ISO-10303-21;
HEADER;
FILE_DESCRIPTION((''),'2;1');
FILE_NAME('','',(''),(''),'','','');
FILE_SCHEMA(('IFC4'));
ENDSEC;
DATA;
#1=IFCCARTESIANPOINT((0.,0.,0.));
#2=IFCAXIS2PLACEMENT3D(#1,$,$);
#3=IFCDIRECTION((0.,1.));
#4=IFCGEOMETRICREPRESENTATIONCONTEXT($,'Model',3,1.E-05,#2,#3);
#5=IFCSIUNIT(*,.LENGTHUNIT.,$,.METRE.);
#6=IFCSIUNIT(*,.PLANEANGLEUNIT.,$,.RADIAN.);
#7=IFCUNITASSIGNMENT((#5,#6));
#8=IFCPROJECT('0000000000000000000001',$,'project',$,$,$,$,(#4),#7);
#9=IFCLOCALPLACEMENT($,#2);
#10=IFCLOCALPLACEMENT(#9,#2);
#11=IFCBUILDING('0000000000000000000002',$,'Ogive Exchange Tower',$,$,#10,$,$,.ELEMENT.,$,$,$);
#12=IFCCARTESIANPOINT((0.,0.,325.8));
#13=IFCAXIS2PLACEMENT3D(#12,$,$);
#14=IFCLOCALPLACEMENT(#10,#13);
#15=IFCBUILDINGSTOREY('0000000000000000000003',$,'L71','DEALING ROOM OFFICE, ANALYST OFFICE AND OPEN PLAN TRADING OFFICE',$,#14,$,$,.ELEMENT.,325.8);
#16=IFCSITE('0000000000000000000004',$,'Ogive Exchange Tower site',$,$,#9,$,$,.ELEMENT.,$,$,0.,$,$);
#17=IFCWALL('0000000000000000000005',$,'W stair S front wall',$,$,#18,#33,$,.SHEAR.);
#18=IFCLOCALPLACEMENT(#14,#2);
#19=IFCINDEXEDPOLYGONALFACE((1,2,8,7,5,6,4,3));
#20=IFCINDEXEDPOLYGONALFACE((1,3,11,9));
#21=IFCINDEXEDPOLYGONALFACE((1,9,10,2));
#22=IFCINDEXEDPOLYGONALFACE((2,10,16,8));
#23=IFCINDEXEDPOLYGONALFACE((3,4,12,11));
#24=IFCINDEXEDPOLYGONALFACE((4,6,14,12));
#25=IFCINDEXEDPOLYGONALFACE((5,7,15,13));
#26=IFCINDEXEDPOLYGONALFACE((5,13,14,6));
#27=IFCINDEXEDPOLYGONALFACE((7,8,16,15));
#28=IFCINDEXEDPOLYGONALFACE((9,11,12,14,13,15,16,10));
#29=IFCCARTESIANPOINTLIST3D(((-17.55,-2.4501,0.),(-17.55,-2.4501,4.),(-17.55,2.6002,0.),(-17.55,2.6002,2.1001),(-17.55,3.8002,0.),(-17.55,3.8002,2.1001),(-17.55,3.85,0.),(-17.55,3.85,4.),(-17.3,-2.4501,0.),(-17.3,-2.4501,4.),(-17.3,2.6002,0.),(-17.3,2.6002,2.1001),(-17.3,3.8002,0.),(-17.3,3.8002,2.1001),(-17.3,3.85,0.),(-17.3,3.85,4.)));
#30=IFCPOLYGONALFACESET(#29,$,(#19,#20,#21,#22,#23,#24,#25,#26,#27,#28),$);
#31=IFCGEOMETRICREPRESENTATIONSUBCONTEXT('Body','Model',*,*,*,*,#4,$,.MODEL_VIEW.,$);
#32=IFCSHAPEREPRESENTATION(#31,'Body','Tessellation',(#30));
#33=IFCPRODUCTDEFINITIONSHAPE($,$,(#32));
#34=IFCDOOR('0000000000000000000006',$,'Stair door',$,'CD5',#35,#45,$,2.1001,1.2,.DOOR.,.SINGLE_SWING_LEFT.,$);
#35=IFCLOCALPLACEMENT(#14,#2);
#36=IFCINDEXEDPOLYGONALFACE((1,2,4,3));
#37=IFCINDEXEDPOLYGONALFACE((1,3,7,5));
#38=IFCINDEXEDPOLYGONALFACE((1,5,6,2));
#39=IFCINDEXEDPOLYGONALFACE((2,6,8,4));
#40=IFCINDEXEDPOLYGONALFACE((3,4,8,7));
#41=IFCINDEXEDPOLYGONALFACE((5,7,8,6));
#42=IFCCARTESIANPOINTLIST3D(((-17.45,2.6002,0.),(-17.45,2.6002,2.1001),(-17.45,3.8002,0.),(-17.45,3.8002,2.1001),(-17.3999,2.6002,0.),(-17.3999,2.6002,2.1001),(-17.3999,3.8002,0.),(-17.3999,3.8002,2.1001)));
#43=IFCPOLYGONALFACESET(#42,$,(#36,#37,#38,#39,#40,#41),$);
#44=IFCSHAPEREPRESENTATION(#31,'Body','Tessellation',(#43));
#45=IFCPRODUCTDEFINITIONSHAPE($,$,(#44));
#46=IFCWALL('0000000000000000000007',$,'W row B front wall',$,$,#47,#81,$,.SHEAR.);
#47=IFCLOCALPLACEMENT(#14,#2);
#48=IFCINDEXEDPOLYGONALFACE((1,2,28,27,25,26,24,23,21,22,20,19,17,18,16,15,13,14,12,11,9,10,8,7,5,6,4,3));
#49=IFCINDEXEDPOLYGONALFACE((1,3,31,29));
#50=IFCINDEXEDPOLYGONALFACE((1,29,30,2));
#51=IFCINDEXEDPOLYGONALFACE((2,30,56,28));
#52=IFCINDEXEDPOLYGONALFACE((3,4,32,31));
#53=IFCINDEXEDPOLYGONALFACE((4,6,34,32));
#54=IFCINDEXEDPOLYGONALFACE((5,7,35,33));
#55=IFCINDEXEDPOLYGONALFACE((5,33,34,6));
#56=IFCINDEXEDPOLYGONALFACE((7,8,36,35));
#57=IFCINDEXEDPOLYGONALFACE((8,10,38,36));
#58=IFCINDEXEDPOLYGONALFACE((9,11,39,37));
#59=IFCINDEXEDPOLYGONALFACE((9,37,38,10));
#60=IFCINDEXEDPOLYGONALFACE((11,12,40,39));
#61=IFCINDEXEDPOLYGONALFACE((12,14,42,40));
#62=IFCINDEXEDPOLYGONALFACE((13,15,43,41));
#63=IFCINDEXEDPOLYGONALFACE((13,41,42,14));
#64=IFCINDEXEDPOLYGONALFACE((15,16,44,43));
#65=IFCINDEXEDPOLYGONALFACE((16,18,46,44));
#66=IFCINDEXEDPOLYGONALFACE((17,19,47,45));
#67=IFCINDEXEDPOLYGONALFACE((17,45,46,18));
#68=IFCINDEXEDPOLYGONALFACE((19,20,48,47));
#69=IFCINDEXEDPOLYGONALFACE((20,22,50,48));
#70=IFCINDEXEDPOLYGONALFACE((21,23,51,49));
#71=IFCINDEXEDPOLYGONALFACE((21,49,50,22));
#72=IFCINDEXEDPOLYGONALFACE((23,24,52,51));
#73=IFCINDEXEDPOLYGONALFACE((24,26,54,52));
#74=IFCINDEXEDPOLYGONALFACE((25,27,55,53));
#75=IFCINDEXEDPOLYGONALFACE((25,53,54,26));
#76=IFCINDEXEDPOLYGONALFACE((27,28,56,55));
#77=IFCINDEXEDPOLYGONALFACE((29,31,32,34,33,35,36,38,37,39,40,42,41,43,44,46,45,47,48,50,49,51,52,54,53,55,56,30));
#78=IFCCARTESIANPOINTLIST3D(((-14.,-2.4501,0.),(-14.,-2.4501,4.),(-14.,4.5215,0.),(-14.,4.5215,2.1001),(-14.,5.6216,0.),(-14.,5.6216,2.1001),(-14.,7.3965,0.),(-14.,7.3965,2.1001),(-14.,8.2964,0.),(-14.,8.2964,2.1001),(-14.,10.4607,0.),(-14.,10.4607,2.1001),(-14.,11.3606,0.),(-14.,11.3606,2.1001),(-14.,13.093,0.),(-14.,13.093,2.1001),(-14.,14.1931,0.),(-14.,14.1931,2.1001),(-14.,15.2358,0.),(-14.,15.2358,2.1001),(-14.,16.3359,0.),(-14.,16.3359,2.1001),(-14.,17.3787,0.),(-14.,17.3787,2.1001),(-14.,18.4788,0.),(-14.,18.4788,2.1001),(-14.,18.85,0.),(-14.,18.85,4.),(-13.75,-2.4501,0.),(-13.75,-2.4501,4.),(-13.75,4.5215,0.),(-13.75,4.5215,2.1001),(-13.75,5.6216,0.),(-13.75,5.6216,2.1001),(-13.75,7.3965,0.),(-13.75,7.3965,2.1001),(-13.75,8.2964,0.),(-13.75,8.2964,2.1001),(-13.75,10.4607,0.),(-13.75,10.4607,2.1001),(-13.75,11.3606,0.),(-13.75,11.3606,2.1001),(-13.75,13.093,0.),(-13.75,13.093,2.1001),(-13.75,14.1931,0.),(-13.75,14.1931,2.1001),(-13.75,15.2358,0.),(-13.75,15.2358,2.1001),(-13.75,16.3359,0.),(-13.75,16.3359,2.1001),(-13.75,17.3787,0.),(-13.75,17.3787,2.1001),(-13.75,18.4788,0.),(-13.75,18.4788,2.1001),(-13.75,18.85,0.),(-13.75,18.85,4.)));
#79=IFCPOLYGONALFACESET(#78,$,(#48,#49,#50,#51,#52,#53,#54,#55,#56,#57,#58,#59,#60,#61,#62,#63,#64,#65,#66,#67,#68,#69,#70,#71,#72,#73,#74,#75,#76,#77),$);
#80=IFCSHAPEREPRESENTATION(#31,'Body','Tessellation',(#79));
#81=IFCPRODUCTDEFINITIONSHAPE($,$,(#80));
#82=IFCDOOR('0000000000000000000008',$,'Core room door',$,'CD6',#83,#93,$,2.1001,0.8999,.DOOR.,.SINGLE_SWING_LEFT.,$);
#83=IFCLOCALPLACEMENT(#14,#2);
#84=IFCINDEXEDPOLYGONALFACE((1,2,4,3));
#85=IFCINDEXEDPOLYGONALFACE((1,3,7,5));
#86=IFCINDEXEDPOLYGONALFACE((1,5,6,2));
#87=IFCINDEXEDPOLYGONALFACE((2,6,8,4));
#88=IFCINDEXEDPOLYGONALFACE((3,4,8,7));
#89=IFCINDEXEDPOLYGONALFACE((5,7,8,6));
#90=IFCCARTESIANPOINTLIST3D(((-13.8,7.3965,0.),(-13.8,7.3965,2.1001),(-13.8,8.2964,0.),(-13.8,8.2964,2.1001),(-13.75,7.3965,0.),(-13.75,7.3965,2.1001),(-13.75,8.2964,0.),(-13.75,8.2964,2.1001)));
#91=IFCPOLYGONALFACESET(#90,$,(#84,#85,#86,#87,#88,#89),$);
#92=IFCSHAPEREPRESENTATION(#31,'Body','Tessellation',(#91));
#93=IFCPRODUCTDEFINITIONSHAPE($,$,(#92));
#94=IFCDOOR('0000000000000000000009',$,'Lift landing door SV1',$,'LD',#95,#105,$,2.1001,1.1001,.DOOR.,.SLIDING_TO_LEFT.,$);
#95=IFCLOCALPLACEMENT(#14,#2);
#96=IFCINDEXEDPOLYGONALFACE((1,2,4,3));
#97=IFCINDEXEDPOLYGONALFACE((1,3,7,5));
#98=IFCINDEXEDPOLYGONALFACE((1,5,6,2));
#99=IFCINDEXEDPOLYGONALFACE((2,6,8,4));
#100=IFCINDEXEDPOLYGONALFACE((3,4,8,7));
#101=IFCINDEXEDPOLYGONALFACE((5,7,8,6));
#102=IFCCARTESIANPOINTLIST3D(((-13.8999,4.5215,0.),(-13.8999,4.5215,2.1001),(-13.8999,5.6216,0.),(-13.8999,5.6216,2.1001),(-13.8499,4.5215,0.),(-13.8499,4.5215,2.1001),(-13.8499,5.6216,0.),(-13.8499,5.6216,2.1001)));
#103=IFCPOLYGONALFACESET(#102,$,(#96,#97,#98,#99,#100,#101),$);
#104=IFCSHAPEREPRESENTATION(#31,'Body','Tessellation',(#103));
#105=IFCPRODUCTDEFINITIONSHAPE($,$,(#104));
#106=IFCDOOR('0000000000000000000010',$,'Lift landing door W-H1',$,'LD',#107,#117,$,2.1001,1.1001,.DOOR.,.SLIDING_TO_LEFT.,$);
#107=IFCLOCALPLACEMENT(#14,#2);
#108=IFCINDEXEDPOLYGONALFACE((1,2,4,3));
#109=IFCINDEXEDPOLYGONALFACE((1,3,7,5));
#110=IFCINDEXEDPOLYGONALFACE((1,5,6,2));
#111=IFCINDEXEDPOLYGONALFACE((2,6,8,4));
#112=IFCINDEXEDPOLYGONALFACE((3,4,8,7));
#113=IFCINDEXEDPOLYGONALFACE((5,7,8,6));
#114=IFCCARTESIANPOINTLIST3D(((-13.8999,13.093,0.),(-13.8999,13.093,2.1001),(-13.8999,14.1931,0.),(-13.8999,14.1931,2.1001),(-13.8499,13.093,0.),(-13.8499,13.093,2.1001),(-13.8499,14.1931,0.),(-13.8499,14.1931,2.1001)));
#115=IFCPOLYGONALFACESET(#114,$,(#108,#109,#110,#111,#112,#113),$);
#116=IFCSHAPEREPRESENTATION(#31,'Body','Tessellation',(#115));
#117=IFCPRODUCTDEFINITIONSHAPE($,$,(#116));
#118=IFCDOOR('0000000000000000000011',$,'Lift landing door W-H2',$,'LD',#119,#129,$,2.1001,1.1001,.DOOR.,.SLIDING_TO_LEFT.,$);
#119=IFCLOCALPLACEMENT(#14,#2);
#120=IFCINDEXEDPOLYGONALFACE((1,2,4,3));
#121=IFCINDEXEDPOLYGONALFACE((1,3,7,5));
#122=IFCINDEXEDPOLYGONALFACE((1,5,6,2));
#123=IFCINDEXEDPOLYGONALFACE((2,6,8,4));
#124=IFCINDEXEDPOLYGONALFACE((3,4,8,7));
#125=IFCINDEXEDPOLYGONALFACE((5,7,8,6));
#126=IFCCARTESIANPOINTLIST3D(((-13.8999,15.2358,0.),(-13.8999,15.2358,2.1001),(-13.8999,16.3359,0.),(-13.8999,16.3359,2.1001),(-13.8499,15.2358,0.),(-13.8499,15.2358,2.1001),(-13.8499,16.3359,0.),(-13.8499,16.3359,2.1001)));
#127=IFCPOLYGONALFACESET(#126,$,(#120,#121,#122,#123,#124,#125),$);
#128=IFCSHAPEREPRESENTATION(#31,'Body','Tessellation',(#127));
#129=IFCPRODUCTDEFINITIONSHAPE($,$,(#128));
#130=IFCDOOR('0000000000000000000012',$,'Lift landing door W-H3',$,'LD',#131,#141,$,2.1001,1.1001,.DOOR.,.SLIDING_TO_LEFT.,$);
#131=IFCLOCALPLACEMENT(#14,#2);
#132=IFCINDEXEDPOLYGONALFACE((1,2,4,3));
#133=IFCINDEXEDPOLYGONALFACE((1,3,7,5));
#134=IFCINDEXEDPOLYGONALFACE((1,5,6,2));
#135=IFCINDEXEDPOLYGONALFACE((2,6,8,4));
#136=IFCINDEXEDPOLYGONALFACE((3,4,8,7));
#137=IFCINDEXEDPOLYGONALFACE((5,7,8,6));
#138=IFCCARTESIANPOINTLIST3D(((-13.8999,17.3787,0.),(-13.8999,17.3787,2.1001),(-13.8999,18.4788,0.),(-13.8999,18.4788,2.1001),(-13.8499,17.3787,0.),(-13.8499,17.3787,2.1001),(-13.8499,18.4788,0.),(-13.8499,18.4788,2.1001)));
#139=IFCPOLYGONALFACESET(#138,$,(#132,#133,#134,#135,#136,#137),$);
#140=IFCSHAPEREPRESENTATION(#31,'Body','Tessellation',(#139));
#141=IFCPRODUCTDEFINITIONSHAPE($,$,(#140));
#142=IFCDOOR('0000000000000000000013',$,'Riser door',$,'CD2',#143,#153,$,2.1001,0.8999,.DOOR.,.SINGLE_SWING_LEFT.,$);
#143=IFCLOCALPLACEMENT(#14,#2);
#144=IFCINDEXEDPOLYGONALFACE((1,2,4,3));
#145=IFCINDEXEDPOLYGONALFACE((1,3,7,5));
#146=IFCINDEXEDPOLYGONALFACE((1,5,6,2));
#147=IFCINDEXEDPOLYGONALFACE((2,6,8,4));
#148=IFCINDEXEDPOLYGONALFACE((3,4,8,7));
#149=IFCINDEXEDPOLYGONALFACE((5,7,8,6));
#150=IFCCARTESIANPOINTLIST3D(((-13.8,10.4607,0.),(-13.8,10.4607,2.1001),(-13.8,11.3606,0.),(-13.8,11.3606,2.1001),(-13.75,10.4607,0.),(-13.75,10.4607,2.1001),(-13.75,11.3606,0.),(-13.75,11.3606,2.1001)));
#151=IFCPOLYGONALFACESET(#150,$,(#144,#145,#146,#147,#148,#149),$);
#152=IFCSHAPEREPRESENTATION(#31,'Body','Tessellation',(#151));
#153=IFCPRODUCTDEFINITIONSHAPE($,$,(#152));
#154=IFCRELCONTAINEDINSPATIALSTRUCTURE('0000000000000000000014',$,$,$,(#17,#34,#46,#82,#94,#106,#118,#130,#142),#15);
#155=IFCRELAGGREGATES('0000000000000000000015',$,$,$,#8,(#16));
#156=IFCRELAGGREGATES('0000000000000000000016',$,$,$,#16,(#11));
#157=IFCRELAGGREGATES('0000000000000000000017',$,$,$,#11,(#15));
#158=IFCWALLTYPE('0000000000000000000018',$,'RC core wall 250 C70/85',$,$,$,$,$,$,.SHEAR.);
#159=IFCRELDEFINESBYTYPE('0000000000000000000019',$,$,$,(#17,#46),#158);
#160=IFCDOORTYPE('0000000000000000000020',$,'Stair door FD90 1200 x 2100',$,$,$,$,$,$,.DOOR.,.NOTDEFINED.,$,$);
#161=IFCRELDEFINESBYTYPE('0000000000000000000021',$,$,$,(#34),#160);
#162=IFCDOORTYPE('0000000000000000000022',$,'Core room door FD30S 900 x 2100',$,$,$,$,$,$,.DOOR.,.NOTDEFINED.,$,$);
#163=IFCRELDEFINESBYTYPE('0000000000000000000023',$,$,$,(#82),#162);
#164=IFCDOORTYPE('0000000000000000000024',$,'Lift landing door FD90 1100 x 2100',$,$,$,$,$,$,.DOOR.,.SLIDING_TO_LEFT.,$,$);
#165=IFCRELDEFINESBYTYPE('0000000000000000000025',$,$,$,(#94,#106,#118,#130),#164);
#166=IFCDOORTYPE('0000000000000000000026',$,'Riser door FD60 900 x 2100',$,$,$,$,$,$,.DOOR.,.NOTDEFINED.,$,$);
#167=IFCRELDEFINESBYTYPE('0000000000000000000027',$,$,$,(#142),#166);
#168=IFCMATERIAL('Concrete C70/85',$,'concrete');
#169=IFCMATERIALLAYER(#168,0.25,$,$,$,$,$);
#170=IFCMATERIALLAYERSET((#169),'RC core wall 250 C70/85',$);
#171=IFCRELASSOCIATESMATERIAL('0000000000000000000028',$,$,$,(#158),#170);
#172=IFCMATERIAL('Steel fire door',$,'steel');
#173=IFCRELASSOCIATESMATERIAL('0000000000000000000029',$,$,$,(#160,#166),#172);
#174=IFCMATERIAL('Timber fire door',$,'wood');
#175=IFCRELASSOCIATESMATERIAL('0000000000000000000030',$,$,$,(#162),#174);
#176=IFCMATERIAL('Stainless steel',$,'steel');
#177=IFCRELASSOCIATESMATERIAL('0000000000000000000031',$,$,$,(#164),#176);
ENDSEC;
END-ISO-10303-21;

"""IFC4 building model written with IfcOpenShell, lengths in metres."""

from ifc_helpers import new_model, si_unit, direction, frame, frame_2d, origin, place, context, subcontext, project, spatial, rectangle, extrude, material, layer, layer_set, type_object, element, fill, save


model = new_model("IFC4")

# Units and contexts
model_context = context("Model", 3, precision=1e-05, world=origin(), true_north=direction((0.0, 1.0)))
body_context = subcontext(model_context, "Body", "Model", "MODEL_VIEW")
ifc_project = project(units=[si_unit("LENGTHUNIT", "METRE"), si_unit("PLANEANGLEUNIT", "RADIAN")], contexts=[model_context])

# Site, building, storey
site_placement = place(None, origin())
site = spatial("IfcSite", under=ifc_project, at=site_placement, Name="Ogive Exchange Tower site", CompositionType="ELEMENT", RefElevation=0.0)
building_placement = place(site_placement, origin())
building = spatial("IfcBuilding", under=site, at=building_placement, Name="Ogive Exchange Tower", CompositionType="ELEMENT")
storey_placement = place(building_placement, frame((0.0, 0.0, 325.8)))
storey = spatial("IfcBuildingStorey", under=building, at=storey_placement, Name="L71", Description="DEALING ROOM OFFICE, ANALYST OFFICE AND OPEN PLAN TRADING OFFICE", CompositionType="ELEMENT", Elevation=325.8)

# Wall, opening, door
ifc_material_1 = material(Name="Concrete C70/85", Category="concrete")
ifc_layer_1 = layer(ifc_material_1, 0.25)
ifc_layer_set_1 = layer_set([ifc_layer_1], Name="RC core wall 250 C70/85")
wall_type_1 = type_object("IfcWallType", Name="RC core wall 250 C70/85", PredefinedType="SHEAR", material=ifc_layer_set_1)
wall_1_placement = place(storey_placement, frame((-17.425, -2.45, 0.0), z_axis=(0.0, 0.0, 1.0), x_axis=(0.0, 1.0, 0.0)))
wall_1 = element("IfcWall", 1, at=wall_1_placement, inside=storey, type_object=wall_type_1, Name="W stair S front wall", PredefinedType="SHEAR", context=body_context, shape_type="SweptSolid", body=[
    extrude(rectangle(XDim=6.3, YDim=0.25, at=frame_2d((3.1499, 0.0))), origin(), (0.0, 0.0, 1.0), 4.0),
])
opening_1_placement = place(wall_1_placement, frame((5.05, 0.0, 0.0)))
opening_1 = element("IfcOpeningElement", 2, at=opening_1_placement, cuts=wall_1, PredefinedType="OPENING", context=body_context, shape_type="SweptSolid", body=[
    extrude(rectangle(XDim=1.2, YDim=2.1001, at=frame_2d((0.6001, 1.05))), frame((0.0, 0.135, 0.0), z_axis=(0.0, -1.0, 0.0), x_axis=(1.0, 0.0, 0.0)), (0.0, 0.0, 1.0), 0.27),
])
ifc_material_2 = material(Name="Steel fire door", Category="steel")
door_type_1 = type_object("IfcDoorType", Name="Stair door FD90 1200 x 2100", OperationType="NOTDEFINED", PredefinedType="DOOR", material=ifc_material_2)
door_1_placement = place(opening_1_placement, origin())
door_1 = element("IfcDoor", 3, at=door_1_placement, inside=storey, type_object=door_type_1, Name="Stair door", ObjectType="CD5", OperationType="SINGLE_SWING_LEFT", OverallHeight=2.1001, OverallWidth=1.2, PredefinedType="DOOR", context=body_context, shape_type="SweptSolid", body=[
    extrude(rectangle(XDim=1.2, YDim=2.1001, at=frame_2d((0.6001, 1.05))), frame((0.0, 0.0249, 0.0), z_axis=(0.0, -1.0, 0.0), x_axis=(1.0, 0.0, 0.0)), (0.0, 0.0, 1.0), 0.05),
])
fill(opening_1, door_1)

# Wall, openings, doors
wall_2_placement = place(storey_placement, frame((-13.875, -2.45, 0.0), z_axis=(0.0, 0.0, 1.0), x_axis=(0.0, 1.0, 0.0)))
wall_2 = element("IfcWall", 4, at=wall_2_placement, inside=storey, type_object=wall_type_1, Name="W row B front wall", PredefinedType="SHEAR", context=body_context, shape_type="SweptSolid", body=[
    extrude(rectangle(XDim=21.3, YDim=0.25, at=frame_2d((10.6499, 0.0))), origin(), (0.0, 0.0, 1.0), 4.0),
])
opening_2_placement = place(wall_2_placement, frame((9.8464, 0.0, 0.0)))
opening_2 = element("IfcOpeningElement", 5, at=opening_2_placement, cuts=wall_2, PredefinedType="OPENING", context=body_context, shape_type="SweptSolid", body=[
    extrude(rectangle(XDim=0.8999, YDim=2.1001, at=frame_2d((0.45, 1.05))), frame((0.0, 0.135, 0.0), z_axis=(0.0, -1.0, 0.0), x_axis=(1.0, 0.0, 0.0)), (0.0, 0.0, 1.0), 0.27),
])
opening_3_placement = place(wall_2_placement, frame((12.9106, 0.0, 0.0)))
opening_3 = element("IfcOpeningElement", 6, at=opening_3_placement, cuts=wall_2, PredefinedType="OPENING", context=body_context, shape_type="SweptSolid", body=[
    extrude(rectangle(XDim=0.8999, YDim=2.1001, at=frame_2d((0.45, 1.05))), frame((0.0, 0.135, 0.0), z_axis=(0.0, -1.0, 0.0), x_axis=(1.0, 0.0, 0.0)), (0.0, 0.0, 1.0), 0.27),
])
opening_4_placement = place(wall_2_placement, frame((6.9714, 0.0, 0.0)))
opening_4 = element("IfcOpeningElement", 7, at=opening_4_placement, cuts=wall_2, PredefinedType="OPENING", context=body_context, shape_type="SweptSolid", body=[
    extrude(rectangle(XDim=1.1001, YDim=2.1001, at=frame_2d((0.55, 1.05))), frame((0.0, 0.135, 0.0), z_axis=(0.0, -1.0, 0.0), x_axis=(1.0, 0.0, 0.0)), (0.0, 0.0, 1.0), 0.27),
])
opening_5_placement = place(wall_2_placement, frame((15.543, 0.0, 0.0)))
opening_5 = element("IfcOpeningElement", 8, at=opening_5_placement, cuts=wall_2, PredefinedType="OPENING", context=body_context, shape_type="SweptSolid", body=[
    extrude(rectangle(XDim=1.1001, YDim=2.1001, at=frame_2d((0.55, 1.05))), frame((0.0, 0.135, 0.0), z_axis=(0.0, -1.0, 0.0), x_axis=(1.0, 0.0, 0.0)), (0.0, 0.0, 1.0), 0.27),
])
opening_6_placement = place(wall_2_placement, frame((17.6858, 0.0, 0.0)))
opening_6 = element("IfcOpeningElement", 9, at=opening_6_placement, cuts=wall_2, PredefinedType="OPENING", context=body_context, shape_type="SweptSolid", body=[
    extrude(rectangle(XDim=1.1001, YDim=2.1001, at=frame_2d((0.55, 1.05))), frame((0.0, 0.135, 0.0), z_axis=(0.0, -1.0, 0.0), x_axis=(1.0, 0.0, 0.0)), (0.0, 0.0, 1.0), 0.27),
])
opening_7_placement = place(wall_2_placement, frame((19.8286, 0.0, 0.0)))
opening_7 = element("IfcOpeningElement", 10, at=opening_7_placement, cuts=wall_2, PredefinedType="OPENING", context=body_context, shape_type="SweptSolid", body=[
    extrude(rectangle(XDim=1.1001, YDim=2.1001, at=frame_2d((0.55, 1.05))), frame((0.0, 0.135, 0.0), z_axis=(0.0, -1.0, 0.0), x_axis=(1.0, 0.0, 0.0)), (0.0, 0.0, 1.0), 0.27),
])
ifc_material_3 = material(Name="Timber fire door", Category="wood")
door_type_2 = type_object("IfcDoorType", Name="Core room door FD30S 900 x 2100", OperationType="NOTDEFINED", PredefinedType="DOOR", material=ifc_material_3)
door_2_placement = place(opening_2_placement, frame((0.8999, -0.2002, 0.0), z_axis=(0.0, 0.0, 1.0), x_axis=(-1.0, 0.0, 0.0)))
door_2 = element("IfcDoor", 11, at=door_2_placement, inside=storey, type_object=door_type_2, Name="Core room door", ObjectType="CD6", OperationType="SINGLE_SWING_LEFT", OverallHeight=2.1001, OverallWidth=0.8999, PredefinedType="DOOR", context=body_context, shape_type="SweptSolid", body=[
    extrude(rectangle(XDim=0.8999, YDim=2.1001, at=frame_2d((0.45, 1.05))), frame((0.0, -0.0752, 0.0), z_axis=(0.0, -1.0, 0.0), x_axis=(1.0, 0.0, 0.0)), (0.0, 0.0, 1.0), 0.05),
])
fill(opening_2, door_2)
ifc_material_4 = material(Name="Stainless steel", Category="steel")
door_type_3 = type_object("IfcDoorType", Name="Lift landing door FD90 1100 x 2100", OperationType="SLIDING_TO_LEFT", PredefinedType="DOOR", material=ifc_material_4)
door_3_placement = place(opening_4_placement, origin())
door_3 = element("IfcDoor", 12, at=door_3_placement, inside=storey, type_object=door_type_3, Name="Lift landing door SV1", ObjectType="LD", OperationType="SLIDING_TO_LEFT", OverallHeight=2.1001, OverallWidth=1.1001, PredefinedType="DOOR", context=body_context, shape_type="SweptSolid", body=[
    extrude(rectangle(XDim=1.1001, YDim=2.1001, at=frame_2d((0.55, 1.05))), frame((0.0, 0.0249, 0.0), z_axis=(0.0, -1.0, 0.0), x_axis=(1.0, 0.0, 0.0)), (0.0, 0.0, 1.0), 0.05),
])
fill(opening_4, door_3)
door_4_placement = place(opening_5_placement, origin())
door_4 = element("IfcDoor", 13, at=door_4_placement, inside=storey, type_object=door_type_3, Name="Lift landing door W-H1", ObjectType="LD", OperationType="SLIDING_TO_LEFT", OverallHeight=2.1001, OverallWidth=1.1001, PredefinedType="DOOR", context=body_context, shape_type="SweptSolid", body=[
    extrude(rectangle(XDim=1.1001, YDim=2.1001, at=frame_2d((0.55, 1.05))), frame((0.0, 0.0249, 0.0), z_axis=(0.0, -1.0, 0.0), x_axis=(1.0, 0.0, 0.0)), (0.0, 0.0, 1.0), 0.05),
])
fill(opening_5, door_4)
door_5_placement = place(opening_6_placement, origin())
door_5 = element("IfcDoor", 14, at=door_5_placement, inside=storey, type_object=door_type_3, Name="Lift landing door W-H2", ObjectType="LD", OperationType="SLIDING_TO_LEFT", OverallHeight=2.1001, OverallWidth=1.1001, PredefinedType="DOOR", context=body_context, shape_type="SweptSolid", body=[
    extrude(rectangle(XDim=1.1001, YDim=2.1001, at=frame_2d((0.55, 1.05))), frame((0.0, 0.0249, 0.0), z_axis=(0.0, -1.0, 0.0), x_axis=(1.0, 0.0, 0.0)), (0.0, 0.0, 1.0), 0.05),
])
fill(opening_6, door_5)
door_6_placement = place(opening_7_placement, origin())
door_6 = element("IfcDoor", 15, at=door_6_placement, inside=storey, type_object=door_type_3, Name="Lift landing door W-H3", ObjectType="LD", OperationType="SLIDING_TO_LEFT", OverallHeight=2.1001, OverallWidth=1.1001, PredefinedType="DOOR", context=body_context, shape_type="SweptSolid", body=[
    extrude(rectangle(XDim=1.1001, YDim=2.1001, at=frame_2d((0.55, 1.05))), frame((0.0, 0.0249, 0.0), z_axis=(0.0, -1.0, 0.0), x_axis=(1.0, 0.0, 0.0)), (0.0, 0.0, 1.0), 0.05),
])
fill(opening_7, door_6)
door_type_4 = type_object("IfcDoorType", Name="Riser door FD60 900 x 2100", OperationType="NOTDEFINED", PredefinedType="DOOR", material=ifc_material_2)
door_7_placement = place(opening_3_placement, frame((0.8999, -0.2002, 0.0), z_axis=(0.0, 0.0, 1.0), x_axis=(-1.0, 0.0, 0.0)))
door_7 = element("IfcDoor", 16, at=door_7_placement, inside=storey, type_object=door_type_4, Name="Riser door", ObjectType="CD2", OperationType="SINGLE_SWING_LEFT", OverallHeight=2.1001, OverallWidth=0.8999, PredefinedType="DOOR", context=body_context, shape_type="SweptSolid", body=[
    extrude(rectangle(XDim=0.8999, YDim=2.1001, at=frame_2d((0.45, 1.05))), frame((0.0, -0.0752, 0.0), z_axis=(0.0, -1.0, 0.0), x_axis=(1.0, 0.0, 0.0)), (0.0, 0.0, 1.0), 0.05),
])
fill(opening_3, door_7)

save(model, "model.ifc")
